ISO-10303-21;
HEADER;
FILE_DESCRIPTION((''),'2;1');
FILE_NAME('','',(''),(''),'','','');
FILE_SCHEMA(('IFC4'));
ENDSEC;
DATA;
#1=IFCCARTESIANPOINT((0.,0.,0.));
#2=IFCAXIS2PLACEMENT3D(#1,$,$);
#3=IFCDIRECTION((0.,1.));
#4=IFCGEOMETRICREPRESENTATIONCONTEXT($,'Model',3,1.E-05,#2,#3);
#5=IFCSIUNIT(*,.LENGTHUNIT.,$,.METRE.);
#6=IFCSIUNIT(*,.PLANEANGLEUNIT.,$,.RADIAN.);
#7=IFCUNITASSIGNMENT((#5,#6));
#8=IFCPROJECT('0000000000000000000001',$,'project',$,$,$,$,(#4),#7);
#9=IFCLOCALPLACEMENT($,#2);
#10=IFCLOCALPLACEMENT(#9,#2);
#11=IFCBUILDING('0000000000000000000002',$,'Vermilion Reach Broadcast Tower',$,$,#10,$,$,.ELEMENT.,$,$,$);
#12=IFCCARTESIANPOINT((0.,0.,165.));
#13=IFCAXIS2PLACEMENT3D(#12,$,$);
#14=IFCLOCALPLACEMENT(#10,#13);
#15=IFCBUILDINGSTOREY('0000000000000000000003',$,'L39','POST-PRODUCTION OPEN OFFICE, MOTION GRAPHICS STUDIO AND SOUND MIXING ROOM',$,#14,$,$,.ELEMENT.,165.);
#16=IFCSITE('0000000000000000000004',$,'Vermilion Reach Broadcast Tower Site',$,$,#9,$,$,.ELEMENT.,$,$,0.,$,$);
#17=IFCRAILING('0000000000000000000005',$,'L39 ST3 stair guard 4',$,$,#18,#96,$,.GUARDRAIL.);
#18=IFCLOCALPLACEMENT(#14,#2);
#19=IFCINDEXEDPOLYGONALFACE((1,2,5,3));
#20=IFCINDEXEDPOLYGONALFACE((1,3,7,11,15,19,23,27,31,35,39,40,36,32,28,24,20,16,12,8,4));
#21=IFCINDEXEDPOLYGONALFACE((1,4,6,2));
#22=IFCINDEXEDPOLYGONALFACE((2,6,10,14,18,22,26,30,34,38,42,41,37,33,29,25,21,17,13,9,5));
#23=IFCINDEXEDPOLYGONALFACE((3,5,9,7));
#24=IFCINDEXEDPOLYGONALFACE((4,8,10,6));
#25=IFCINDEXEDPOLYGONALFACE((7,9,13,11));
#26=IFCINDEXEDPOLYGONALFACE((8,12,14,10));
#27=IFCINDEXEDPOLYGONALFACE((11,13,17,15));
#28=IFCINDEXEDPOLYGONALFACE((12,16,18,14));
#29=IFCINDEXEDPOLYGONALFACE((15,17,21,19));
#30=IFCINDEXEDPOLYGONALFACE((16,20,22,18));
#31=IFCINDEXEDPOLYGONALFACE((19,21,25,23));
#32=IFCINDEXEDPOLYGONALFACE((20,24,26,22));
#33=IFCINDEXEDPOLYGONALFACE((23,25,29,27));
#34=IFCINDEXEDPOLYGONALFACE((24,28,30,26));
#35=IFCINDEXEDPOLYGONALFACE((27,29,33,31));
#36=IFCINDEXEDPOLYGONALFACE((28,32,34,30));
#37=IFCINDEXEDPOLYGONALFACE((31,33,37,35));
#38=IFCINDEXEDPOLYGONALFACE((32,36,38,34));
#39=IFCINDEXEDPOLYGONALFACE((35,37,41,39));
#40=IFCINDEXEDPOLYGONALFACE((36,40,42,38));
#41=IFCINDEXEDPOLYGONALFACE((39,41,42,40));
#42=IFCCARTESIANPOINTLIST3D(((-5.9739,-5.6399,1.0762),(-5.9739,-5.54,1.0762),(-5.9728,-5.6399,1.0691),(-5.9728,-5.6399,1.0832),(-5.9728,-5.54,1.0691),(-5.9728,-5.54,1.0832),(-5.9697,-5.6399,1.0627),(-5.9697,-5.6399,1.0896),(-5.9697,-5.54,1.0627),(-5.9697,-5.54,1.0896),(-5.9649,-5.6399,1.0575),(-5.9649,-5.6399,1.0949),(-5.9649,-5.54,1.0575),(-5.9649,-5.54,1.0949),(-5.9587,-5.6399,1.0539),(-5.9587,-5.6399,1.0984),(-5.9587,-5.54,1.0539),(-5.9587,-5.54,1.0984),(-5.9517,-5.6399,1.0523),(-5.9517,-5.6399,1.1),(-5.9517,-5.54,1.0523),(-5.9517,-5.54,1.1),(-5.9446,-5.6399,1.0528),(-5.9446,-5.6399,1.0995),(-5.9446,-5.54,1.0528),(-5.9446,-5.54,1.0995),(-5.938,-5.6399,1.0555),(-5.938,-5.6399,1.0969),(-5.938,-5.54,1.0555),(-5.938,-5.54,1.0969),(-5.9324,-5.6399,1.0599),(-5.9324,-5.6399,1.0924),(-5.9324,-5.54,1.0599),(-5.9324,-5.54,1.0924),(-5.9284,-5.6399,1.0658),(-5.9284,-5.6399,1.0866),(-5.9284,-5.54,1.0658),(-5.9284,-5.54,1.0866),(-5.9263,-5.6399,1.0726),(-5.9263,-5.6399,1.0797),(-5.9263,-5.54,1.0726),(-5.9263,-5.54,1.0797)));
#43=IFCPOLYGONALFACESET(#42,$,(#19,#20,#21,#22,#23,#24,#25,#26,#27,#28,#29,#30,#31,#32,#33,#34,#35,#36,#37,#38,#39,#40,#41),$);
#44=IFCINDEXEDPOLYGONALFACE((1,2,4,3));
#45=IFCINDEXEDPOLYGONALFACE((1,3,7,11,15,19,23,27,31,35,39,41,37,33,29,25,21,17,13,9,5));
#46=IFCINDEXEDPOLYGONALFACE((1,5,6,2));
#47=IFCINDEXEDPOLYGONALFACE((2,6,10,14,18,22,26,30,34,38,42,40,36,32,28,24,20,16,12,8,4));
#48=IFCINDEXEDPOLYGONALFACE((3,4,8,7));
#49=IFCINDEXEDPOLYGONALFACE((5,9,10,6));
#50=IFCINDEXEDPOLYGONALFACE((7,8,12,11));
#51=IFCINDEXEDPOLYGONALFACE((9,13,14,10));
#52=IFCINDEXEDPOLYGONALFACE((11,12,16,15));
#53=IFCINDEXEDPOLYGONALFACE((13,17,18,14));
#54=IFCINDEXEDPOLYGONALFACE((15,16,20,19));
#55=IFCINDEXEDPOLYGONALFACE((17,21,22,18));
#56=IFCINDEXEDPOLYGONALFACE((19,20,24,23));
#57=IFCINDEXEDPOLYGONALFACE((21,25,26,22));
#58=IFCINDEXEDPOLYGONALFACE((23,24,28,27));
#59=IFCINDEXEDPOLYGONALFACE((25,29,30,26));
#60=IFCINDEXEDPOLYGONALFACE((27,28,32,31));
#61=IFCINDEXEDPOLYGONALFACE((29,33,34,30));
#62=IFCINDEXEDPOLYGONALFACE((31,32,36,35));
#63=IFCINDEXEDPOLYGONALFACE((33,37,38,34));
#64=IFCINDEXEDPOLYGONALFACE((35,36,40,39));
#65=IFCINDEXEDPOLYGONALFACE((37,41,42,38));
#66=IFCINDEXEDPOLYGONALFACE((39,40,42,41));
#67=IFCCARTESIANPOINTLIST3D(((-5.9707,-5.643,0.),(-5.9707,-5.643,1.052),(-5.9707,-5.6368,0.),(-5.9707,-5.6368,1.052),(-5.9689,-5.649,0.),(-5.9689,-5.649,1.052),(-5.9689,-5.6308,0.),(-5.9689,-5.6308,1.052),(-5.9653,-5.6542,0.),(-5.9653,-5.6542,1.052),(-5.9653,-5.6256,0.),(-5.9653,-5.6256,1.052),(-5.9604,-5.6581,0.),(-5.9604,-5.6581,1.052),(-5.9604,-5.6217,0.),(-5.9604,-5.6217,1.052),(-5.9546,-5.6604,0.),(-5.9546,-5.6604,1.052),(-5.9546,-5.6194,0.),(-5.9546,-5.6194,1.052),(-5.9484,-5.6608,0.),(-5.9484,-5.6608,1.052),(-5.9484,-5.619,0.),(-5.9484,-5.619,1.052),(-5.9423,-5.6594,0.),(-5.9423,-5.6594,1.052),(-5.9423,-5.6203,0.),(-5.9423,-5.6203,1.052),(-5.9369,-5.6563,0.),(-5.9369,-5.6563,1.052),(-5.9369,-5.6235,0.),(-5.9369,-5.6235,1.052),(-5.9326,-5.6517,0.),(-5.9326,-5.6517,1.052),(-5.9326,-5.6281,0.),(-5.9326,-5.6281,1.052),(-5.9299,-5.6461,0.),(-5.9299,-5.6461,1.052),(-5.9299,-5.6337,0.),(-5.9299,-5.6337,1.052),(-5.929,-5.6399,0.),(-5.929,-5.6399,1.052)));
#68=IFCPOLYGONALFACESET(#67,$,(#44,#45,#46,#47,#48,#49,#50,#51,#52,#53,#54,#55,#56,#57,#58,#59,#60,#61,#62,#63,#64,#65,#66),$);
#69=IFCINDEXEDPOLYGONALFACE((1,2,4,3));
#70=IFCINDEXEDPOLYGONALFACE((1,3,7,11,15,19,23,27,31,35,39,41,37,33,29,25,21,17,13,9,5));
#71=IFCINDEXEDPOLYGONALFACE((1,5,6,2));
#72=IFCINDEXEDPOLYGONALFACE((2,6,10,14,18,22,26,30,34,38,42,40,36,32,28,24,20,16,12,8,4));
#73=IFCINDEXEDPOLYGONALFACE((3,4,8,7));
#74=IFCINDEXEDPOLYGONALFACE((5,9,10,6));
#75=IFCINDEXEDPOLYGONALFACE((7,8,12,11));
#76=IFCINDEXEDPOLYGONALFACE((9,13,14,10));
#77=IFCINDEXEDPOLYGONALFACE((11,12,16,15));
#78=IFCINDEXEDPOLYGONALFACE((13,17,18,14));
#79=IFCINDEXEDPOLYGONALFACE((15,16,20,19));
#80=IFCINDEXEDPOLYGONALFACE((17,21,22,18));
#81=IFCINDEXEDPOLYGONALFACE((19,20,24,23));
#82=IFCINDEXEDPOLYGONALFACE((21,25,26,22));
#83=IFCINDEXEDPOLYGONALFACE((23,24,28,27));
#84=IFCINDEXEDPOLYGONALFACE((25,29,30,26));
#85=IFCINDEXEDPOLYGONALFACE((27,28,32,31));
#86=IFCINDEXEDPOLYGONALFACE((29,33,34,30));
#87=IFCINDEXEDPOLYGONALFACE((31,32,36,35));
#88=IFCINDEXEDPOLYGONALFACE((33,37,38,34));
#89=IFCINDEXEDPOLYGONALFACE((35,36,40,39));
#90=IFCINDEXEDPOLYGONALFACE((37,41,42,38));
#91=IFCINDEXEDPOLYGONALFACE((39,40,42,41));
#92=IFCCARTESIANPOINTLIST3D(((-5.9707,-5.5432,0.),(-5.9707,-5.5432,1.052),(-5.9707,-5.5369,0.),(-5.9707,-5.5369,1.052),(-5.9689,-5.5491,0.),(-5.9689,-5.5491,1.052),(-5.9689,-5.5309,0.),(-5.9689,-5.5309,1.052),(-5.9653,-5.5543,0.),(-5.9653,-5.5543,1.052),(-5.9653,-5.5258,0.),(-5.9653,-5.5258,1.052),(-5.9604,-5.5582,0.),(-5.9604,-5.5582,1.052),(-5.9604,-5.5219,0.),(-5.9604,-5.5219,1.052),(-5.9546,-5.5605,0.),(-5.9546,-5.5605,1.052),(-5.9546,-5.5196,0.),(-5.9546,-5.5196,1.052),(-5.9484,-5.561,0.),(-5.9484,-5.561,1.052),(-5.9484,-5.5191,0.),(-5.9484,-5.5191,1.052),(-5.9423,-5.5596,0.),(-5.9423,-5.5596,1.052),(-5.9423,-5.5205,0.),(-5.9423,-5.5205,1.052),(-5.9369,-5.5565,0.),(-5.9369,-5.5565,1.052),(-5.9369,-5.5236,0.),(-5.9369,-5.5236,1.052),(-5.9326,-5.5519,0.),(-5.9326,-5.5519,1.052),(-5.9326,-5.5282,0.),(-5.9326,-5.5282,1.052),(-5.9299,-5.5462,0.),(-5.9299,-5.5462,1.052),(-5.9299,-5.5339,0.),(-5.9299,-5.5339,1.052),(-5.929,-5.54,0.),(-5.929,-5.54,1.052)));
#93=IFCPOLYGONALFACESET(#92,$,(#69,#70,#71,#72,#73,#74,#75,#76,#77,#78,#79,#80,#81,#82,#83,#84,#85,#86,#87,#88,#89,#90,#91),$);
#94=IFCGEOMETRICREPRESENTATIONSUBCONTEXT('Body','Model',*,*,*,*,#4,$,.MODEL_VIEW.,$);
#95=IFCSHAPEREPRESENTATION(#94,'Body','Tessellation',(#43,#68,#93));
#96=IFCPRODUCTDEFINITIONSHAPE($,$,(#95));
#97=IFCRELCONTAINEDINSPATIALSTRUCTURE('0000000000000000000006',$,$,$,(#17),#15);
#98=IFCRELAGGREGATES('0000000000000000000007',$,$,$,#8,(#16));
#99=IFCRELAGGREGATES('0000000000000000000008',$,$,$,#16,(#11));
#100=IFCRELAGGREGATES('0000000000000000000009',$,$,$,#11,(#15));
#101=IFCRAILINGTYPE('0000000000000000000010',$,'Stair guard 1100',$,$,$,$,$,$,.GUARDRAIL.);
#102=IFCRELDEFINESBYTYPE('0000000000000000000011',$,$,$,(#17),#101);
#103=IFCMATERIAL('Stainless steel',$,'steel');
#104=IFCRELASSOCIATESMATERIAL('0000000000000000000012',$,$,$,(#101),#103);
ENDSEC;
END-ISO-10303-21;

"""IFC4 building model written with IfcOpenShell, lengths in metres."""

from ifc_helpers import new_model, si_unit, direction, frame, origin, origin_2d, place, context, subcontext, project, spatial, circle, extrude, material, type_object, element, save


model = new_model("IFC4")

# Units and contexts
model_context = context("Model", 3, precision=1e-05, world=origin(), true_north=direction((0.0, 1.0)))
body_context = subcontext(model_context, "Body", "Model", "MODEL_VIEW")
ifc_project = project(units=[si_unit("LENGTHUNIT", "METRE"), si_unit("PLANEANGLEUNIT", "RADIAN")], contexts=[model_context])

# Site, building, storey
site_placement = place(None, origin())
site = spatial("IfcSite", under=ifc_project, at=site_placement, Name="Vermilion Reach Broadcast Tower Site", CompositionType="ELEMENT", RefElevation=0.0)
building_placement = place(site_placement, origin())
building = spatial("IfcBuilding", under=site, at=building_placement, Name="Vermilion Reach Broadcast Tower", CompositionType="ELEMENT")
storey_placement = place(building_placement, frame((0.0, 0.0, 165.0)))
storey = spatial("IfcBuildingStorey", under=building, at=storey_placement, Name="L39", Description="POST-PRODUCTION OPEN OFFICE, MOTION GRAPHICS STUDIO AND SOUND MIXING ROOM", CompositionType="ELEMENT", Elevation=165.0)

# Railing
ifc_material_1 = material(Name="Stainless steel", Category="steel")
railing_type_1 = type_object("IfcRailingType", Name="Stair guard 1100", PredefinedType="GUARDRAIL", material=ifc_material_1)
railing_1_placement = place(storey_placement, frame((-5.95, -5.6399, 0.0)))
element("IfcRailing", 1, at=railing_1_placement, inside=storey, type_object=railing_type_1, Name="L39 ST3 stair guard 4", PredefinedType="GUARDRAIL", context=body_context, shape_type="SweptSolid", body=[
    extrude(circle(Radius=0.0239, at=origin_2d()), frame((0.0, 0.0, 1.0762), z_axis=(0.0, 1.0, 0.0), x_axis=(-1.0, 0.0, 0.0)), (0.0, 0.0, 1.0), 0.0999),
    extrude(circle(Radius=0.021, at=origin_2d()), origin(), (0.0, 0.0, 1.0), 1.052),
    extrude(circle(Radius=0.021, at=origin_2d()), frame((0.0, 0.0999, 0.0)), (0.0, 0.0, 1.0), 1.052),
])

save(model, "model.ifc")
